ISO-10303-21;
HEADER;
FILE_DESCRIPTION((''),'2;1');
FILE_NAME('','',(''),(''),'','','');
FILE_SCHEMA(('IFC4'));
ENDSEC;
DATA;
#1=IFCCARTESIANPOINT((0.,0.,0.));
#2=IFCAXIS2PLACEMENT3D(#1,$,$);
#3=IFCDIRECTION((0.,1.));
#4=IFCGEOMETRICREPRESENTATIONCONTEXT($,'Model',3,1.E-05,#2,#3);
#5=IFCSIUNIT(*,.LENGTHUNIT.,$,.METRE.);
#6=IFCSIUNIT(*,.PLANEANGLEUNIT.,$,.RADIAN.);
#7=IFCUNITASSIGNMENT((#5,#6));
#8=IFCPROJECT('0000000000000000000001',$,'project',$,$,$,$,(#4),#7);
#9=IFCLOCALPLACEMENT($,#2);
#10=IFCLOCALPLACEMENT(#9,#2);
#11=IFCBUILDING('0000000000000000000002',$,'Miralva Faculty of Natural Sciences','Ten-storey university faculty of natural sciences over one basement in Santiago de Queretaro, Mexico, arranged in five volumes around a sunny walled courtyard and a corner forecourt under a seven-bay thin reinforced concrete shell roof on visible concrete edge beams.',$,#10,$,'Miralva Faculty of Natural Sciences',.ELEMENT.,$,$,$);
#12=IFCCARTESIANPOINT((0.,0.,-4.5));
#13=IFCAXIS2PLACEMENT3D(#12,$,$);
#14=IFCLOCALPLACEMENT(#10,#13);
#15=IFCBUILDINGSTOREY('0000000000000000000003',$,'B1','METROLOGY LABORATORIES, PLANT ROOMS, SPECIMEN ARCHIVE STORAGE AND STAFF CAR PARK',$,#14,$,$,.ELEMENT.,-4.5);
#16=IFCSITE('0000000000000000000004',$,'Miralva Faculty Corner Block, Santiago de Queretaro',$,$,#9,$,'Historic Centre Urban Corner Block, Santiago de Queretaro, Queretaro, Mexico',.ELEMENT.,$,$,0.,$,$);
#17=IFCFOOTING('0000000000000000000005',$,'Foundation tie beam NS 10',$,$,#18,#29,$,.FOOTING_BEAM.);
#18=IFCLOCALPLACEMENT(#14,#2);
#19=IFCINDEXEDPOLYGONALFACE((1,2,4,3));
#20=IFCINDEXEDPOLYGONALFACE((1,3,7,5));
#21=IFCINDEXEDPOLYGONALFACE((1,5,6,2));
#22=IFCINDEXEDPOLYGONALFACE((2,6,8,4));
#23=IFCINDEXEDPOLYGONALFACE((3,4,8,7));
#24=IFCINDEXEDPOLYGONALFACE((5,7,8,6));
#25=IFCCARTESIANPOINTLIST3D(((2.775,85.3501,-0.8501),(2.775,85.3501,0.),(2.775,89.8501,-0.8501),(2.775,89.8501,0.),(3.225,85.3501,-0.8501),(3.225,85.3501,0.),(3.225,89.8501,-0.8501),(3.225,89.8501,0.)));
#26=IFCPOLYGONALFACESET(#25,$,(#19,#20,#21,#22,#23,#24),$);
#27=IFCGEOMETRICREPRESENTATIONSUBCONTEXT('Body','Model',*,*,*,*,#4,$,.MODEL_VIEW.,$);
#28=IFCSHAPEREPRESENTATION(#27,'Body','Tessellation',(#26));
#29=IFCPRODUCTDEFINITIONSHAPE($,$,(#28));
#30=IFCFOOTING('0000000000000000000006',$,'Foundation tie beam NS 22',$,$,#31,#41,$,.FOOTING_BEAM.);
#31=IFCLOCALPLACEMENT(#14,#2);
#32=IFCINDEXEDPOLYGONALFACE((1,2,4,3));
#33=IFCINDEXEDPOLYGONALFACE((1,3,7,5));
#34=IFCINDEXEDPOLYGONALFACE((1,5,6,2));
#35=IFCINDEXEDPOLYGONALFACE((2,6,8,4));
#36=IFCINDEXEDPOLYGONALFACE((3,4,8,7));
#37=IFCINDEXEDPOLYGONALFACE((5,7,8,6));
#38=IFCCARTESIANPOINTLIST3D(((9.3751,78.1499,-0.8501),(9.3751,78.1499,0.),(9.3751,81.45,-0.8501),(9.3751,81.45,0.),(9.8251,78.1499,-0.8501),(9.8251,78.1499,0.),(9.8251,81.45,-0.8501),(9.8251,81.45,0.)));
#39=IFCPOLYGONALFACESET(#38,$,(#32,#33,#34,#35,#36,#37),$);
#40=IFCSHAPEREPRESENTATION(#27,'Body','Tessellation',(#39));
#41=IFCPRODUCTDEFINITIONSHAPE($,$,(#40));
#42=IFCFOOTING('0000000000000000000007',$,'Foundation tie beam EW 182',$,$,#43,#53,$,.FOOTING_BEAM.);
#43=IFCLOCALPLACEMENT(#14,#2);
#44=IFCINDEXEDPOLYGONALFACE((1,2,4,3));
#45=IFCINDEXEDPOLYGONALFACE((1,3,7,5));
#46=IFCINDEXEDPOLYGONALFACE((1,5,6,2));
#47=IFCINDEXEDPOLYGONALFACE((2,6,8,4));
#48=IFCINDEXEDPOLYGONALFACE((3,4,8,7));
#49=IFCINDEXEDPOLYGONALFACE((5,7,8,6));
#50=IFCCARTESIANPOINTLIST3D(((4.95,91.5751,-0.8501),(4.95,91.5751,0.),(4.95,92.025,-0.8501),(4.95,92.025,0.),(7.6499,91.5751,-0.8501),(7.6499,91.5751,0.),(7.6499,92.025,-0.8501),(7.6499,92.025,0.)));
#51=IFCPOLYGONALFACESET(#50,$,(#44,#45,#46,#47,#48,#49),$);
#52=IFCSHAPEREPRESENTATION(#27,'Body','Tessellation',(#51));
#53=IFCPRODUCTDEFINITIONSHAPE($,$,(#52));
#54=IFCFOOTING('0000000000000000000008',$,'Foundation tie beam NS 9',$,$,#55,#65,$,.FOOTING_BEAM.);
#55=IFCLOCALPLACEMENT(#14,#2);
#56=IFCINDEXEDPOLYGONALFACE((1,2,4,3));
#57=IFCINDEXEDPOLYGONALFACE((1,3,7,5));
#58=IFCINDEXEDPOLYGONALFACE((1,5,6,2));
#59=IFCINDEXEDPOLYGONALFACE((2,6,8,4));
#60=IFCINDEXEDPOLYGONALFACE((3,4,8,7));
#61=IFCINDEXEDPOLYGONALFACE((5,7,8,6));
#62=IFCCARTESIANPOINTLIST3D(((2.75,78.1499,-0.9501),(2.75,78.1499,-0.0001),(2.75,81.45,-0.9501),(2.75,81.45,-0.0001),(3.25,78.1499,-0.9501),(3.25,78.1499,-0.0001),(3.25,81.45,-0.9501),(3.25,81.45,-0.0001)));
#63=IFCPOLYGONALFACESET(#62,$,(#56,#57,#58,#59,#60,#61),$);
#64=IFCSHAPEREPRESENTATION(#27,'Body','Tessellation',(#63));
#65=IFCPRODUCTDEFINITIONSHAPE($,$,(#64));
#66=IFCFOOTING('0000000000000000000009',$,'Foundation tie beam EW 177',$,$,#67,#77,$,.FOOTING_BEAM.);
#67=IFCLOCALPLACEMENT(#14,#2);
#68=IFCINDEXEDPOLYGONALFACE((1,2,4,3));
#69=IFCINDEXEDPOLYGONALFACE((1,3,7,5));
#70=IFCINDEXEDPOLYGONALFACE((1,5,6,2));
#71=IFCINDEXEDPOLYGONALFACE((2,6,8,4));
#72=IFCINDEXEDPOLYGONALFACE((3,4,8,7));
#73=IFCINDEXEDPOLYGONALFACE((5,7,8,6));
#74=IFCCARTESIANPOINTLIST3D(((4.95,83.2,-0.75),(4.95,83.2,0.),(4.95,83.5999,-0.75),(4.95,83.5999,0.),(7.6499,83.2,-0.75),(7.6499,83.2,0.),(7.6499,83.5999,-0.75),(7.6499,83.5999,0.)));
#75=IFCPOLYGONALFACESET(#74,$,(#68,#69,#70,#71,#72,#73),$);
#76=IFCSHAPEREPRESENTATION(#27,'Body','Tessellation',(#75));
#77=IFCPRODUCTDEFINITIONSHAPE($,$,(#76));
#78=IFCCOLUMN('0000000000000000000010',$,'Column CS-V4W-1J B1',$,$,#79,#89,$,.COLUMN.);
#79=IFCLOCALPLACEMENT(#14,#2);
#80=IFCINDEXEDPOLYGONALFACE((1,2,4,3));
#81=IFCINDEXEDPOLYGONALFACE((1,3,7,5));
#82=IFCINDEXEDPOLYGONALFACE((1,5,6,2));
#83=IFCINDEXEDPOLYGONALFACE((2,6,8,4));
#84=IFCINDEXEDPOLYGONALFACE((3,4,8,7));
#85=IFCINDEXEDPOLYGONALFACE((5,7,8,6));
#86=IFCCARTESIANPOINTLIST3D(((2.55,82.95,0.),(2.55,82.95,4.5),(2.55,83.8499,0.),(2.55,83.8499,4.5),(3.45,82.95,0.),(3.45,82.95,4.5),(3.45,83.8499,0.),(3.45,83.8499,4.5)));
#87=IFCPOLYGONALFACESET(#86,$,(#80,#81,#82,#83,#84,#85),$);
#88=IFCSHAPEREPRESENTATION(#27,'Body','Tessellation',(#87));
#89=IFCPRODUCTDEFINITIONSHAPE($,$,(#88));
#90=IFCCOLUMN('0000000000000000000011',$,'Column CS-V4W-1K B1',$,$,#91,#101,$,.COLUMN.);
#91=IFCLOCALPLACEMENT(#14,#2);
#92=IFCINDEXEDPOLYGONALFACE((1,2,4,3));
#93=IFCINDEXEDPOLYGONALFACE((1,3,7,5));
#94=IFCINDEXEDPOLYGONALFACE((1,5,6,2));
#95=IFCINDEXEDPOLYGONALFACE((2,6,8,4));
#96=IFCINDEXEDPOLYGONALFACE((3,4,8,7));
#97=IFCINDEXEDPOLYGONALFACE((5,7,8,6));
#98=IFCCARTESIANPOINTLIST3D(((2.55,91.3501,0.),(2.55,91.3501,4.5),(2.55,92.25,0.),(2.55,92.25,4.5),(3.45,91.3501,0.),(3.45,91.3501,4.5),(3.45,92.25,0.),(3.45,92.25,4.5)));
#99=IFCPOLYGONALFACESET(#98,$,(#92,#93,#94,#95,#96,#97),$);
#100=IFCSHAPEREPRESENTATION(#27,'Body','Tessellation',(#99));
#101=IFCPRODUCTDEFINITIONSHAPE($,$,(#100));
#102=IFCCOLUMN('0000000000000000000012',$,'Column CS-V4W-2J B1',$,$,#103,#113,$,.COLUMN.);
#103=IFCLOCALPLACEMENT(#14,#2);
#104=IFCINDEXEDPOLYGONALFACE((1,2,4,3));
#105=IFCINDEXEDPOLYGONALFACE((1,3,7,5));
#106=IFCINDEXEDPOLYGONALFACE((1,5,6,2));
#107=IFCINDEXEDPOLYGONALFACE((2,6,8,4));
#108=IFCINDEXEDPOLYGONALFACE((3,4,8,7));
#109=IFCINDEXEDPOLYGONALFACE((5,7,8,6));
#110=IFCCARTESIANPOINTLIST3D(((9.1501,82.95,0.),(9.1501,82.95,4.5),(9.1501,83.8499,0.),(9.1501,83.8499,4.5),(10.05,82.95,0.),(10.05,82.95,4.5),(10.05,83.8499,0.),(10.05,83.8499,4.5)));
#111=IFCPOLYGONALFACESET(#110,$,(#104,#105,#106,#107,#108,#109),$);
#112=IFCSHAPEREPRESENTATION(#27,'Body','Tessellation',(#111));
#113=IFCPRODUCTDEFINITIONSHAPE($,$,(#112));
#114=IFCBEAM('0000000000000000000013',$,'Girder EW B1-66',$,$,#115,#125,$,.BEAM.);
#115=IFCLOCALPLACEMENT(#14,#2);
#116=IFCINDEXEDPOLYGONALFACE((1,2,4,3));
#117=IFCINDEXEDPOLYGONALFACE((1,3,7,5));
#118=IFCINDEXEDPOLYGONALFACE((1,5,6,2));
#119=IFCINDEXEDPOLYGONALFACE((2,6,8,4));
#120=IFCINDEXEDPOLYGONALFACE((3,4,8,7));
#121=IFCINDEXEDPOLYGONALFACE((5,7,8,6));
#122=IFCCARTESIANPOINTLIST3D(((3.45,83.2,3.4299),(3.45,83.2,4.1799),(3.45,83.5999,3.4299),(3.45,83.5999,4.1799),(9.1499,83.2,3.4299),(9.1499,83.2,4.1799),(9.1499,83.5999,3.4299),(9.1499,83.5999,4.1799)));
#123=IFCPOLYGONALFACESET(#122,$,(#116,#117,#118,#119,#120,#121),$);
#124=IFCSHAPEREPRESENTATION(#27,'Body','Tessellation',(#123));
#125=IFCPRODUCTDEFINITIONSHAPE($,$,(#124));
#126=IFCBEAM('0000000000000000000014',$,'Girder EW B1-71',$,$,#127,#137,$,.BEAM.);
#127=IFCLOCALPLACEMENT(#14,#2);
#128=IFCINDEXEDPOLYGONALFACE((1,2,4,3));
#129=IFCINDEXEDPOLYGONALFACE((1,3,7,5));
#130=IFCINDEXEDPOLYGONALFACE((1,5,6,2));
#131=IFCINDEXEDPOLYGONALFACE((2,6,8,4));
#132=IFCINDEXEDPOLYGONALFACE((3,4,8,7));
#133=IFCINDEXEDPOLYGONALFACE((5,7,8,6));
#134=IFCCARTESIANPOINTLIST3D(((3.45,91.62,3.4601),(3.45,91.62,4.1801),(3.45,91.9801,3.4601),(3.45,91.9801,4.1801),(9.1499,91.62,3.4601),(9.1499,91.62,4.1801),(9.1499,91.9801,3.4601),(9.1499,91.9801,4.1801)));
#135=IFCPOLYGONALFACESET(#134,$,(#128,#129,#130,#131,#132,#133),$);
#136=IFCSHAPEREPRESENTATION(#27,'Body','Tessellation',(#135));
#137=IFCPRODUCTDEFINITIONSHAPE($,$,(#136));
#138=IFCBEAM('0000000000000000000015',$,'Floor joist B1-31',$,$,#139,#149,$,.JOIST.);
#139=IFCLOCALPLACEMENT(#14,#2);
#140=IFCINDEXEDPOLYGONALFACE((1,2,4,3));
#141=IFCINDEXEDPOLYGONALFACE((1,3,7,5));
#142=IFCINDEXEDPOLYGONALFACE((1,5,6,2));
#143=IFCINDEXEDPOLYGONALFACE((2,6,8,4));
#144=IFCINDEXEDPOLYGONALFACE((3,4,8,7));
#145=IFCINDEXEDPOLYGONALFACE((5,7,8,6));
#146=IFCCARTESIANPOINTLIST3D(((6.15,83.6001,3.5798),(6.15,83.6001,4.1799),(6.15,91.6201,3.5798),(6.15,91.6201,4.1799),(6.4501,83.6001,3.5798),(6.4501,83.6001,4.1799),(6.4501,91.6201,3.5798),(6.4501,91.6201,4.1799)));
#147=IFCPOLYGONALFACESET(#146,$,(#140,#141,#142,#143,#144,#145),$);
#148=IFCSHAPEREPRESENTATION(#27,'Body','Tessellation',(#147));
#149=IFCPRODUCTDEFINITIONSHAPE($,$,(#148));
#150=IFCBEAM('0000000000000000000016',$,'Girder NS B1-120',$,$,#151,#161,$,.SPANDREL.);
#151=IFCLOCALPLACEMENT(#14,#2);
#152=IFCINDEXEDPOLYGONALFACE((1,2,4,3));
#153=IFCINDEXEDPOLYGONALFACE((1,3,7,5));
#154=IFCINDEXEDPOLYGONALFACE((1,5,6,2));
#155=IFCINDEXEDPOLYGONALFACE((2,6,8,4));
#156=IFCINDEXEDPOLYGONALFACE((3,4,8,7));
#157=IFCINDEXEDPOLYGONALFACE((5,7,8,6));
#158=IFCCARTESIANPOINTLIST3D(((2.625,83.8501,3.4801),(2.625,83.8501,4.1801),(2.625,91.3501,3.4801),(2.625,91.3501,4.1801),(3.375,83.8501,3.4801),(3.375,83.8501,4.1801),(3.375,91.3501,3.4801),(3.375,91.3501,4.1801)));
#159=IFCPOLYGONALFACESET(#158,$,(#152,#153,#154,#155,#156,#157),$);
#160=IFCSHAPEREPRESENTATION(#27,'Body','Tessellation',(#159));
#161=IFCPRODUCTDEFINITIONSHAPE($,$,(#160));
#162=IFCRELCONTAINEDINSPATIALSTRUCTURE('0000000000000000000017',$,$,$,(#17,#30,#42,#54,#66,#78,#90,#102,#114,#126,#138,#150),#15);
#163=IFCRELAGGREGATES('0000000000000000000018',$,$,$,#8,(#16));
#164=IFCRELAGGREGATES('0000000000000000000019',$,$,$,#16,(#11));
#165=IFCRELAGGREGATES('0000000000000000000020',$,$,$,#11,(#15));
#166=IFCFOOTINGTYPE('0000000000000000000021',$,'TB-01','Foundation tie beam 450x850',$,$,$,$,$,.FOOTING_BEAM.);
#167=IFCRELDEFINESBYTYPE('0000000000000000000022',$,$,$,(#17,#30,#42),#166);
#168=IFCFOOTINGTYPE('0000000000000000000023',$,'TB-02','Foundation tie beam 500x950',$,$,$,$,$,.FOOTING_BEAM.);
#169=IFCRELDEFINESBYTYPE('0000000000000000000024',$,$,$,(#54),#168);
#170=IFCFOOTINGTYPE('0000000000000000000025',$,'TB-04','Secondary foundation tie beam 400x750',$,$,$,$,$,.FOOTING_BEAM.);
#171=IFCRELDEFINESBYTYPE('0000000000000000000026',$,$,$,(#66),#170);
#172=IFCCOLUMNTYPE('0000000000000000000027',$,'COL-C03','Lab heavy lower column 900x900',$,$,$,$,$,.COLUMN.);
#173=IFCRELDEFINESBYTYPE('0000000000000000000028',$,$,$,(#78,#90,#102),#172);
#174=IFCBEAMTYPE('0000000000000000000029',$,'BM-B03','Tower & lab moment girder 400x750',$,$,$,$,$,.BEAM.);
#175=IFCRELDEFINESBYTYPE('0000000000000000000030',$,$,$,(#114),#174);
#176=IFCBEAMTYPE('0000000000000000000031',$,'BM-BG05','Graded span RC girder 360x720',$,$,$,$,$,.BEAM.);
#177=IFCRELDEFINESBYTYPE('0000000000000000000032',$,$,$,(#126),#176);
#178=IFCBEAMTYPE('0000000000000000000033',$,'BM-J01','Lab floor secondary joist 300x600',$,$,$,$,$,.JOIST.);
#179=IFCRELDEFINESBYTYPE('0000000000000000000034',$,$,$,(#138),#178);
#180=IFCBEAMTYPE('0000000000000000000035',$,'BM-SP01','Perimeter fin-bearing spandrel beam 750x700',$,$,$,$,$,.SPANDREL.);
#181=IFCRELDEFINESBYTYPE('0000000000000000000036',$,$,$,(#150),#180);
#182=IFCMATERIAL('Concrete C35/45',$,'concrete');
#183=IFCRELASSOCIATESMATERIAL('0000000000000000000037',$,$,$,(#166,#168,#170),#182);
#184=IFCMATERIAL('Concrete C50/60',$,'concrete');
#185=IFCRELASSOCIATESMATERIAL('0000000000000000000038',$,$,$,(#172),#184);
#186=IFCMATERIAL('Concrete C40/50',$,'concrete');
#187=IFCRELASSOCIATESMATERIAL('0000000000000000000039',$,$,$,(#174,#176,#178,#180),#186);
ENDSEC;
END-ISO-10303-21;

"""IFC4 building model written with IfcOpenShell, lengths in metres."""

from ifc_helpers import new_model, si_unit, direction, frame, origin, origin_2d, place, context, subcontext, project, spatial, rectangle, extrude, material, material_profile, profile_set, type_object, element, save


model = new_model("IFC4")

# Units and contexts
model_context = context("Model", 3, precision=1e-05, world=origin(), true_north=direction((0.0, 1.0)))
body_context = subcontext(model_context, "Body", "Model", "MODEL_VIEW")
ifc_project = project(units=[si_unit("LENGTHUNIT", "METRE"), si_unit("PLANEANGLEUNIT", "RADIAN")], contexts=[model_context])

# Site, building, storey
site_placement = place(None, origin())
site = spatial("IfcSite", under=ifc_project, at=site_placement, Name="Miralva Faculty Corner Block, Santiago de Queretaro", LongName="Historic Centre Urban Corner Block, Santiago de Queretaro, Queretaro, Mexico", CompositionType="ELEMENT", RefElevation=0.0)
building_placement = place(site_placement, origin())
building = spatial("IfcBuilding", under=site, at=building_placement, Name="Miralva Faculty of Natural Sciences", Description="Ten-storey university faculty of natural sciences over one basement in Santiago de Queretaro, Mexico, arranged in five volumes around a sunny walled courtyard and a corner forecourt under a seven-bay thin reinforced concrete shell roof on visible concrete edge beams.", LongName="Miralva Faculty of Natural Sciences", CompositionType="ELEMENT")
storey_placement = place(building_placement, frame((0.0, 0.0, -4.5)))
storey = spatial("IfcBuildingStorey", under=building, at=storey_placement, Name="B1", Description="METROLOGY LABORATORIES, PLANT ROOMS, SPECIMEN ARCHIVE STORAGE AND STAFF CAR PARK", CompositionType="ELEMENT", Elevation=-4.5)

# Shared definitions
ifc_material_1 = material(Name="Concrete C35/45", Category="concrete")

# Footings
ifc_material_profile_1 = material_profile(ifc_material_1, rectangle(XDim=0.45, YDim=0.8501, at=origin_2d()), Name="RC 450x850")
ifc_profile_set_1 = profile_set([ifc_material_profile_1], Name="Concrete C35/45")
footing_type_1 = type_object("IfcFootingType", Name="TB-01", Description="Foundation tie beam 450x850", PredefinedType="FOOTING_BEAM", material=ifc_profile_set_1)
footing_1_placement = place(storey_placement, frame((3.0, 85.3501, -0.425), z_axis=(0.0, 1.0, 0.0), x_axis=(-1.0, 0.0, 0.0)))
element("IfcFooting", 1, at=footing_1_placement, inside=storey, type_object=footing_type_1, Name="Foundation tie beam NS 10", PredefinedType="FOOTING_BEAM", context=body_context, shape_type="SweptSolid", body=[
    extrude(rectangle(XDim=0.45, YDim=0.8501, at=origin_2d()), origin(), (0.0, 0.0, 1.0), 4.5),
])
footing_2_placement = place(storey_placement, frame((9.6001, 78.1499, -0.425), z_axis=(0.0, 1.0, 0.0), x_axis=(-1.0, 0.0, 0.0)))
element("IfcFooting", 2, at=footing_2_placement, inside=storey, type_object=footing_type_1, Name="Foundation tie beam NS 22", PredefinedType="FOOTING_BEAM", context=body_context, shape_type="SweptSolid", body=[
    extrude(rectangle(XDim=0.45, YDim=0.8501, at=origin_2d()), origin(), (0.0, 0.0, 1.0), 3.3),
])
footing_3_placement = place(storey_placement, frame((4.95, 91.8, -0.425), z_axis=(1.0, 0.0, 0.0), x_axis=(0.0, 1.0, 0.0)))
element("IfcFooting", 3, at=footing_3_placement, inside=storey, type_object=footing_type_1, Name="Foundation tie beam EW 182", PredefinedType="FOOTING_BEAM", context=body_context, shape_type="SweptSolid", body=[
    extrude(rectangle(XDim=0.45, YDim=0.8501, at=origin_2d()), origin(), (0.0, 0.0, 1.0), 2.7),
])
ifc_material_profile_2 = material_profile(ifc_material_1, rectangle(XDim=0.5, YDim=0.95, at=origin_2d()), Name="RC 500x950")
ifc_profile_set_2 = profile_set([ifc_material_profile_2], Name="Concrete C35/45")
footing_type_2 = type_object("IfcFootingType", Name="TB-02", Description="Foundation tie beam 500x950", PredefinedType="FOOTING_BEAM", material=ifc_profile_set_2)
footing_4_placement = place(storey_placement, frame((3.0, 78.1499, -0.4751), z_axis=(0.0, 1.0, 0.0), x_axis=(-1.0, 0.0, 0.0)))
element("IfcFooting", 4, at=footing_4_placement, inside=storey, type_object=footing_type_2, Name="Foundation tie beam NS 9", PredefinedType="FOOTING_BEAM", context=body_context, shape_type="SweptSolid", body=[
    extrude(rectangle(XDim=0.5, YDim=0.95, at=origin_2d()), origin(), (0.0, 0.0, 1.0), 3.3),
])
ifc_material_profile_3 = material_profile(ifc_material_1, rectangle(XDim=0.3999, YDim=0.75, at=origin_2d()), Name="RC 400x750")
ifc_profile_set_3 = profile_set([ifc_material_profile_3], Name="Concrete C35/45")
footing_type_3 = type_object("IfcFootingType", Name="TB-04", Description="Secondary foundation tie beam 400x750", PredefinedType="FOOTING_BEAM", material=ifc_profile_set_3)
footing_5_placement = place(storey_placement, frame((4.95, 83.3999, -0.375), z_axis=(1.0, 0.0, 0.0), x_axis=(0.0, 1.0, 0.0)))
element("IfcFooting", 5, at=footing_5_placement, inside=storey, type_object=footing_type_3, Name="Foundation tie beam EW 177", PredefinedType="FOOTING_BEAM", context=body_context, shape_type="SweptSolid", body=[
    extrude(rectangle(XDim=0.3999, YDim=0.75, at=origin_2d()), origin(), (0.0, 0.0, 1.0), 2.7),
])

# Columns
ifc_material_2 = material(Name="Concrete C50/60", Category="concrete")
ifc_material_profile_4 = material_profile(ifc_material_2, rectangle(XDim=0.8999, YDim=0.8999, at=origin_2d()), Name="RC 900x900")
ifc_profile_set_4 = profile_set([ifc_material_profile_4], Name="Concrete C50/60")
column_type = type_object("IfcColumnType", Name="COL-C03", Description="Lab heavy lower column 900x900", PredefinedType="COLUMN", material=ifc_profile_set_4)
for number, where, z_axis, x_axis, name in (
    (6, (3.0, 83.3999, 0.0), (0.0, 0.0, 1.0), (1.0, 0.0, 0.0), "Column CS-V4W-1J B1"),
    (7, (3.0, 91.8, 0.0), (0.0, 0.0, 1.0), (1.0, 0.0, 0.0), "Column CS-V4W-1K B1"),
    (8, (9.6001, 83.3999, 0.0), (0.0, 0.0, 1.0), (1.0, 0.0, 0.0), "Column CS-V4W-2J B1"),
):
    element("IfcColumn", number, at=place(storey_placement, frame(where, z_axis=z_axis, x_axis=x_axis)), inside=storey, type_object=column_type, Name=name, PredefinedType="COLUMN", context=body_context, shape_type="SweptSolid", body=[
        extrude(rectangle(XDim=0.8999, YDim=0.8999, at=origin_2d()), origin(), (0.0, 0.0, 1.0), 4.5),
    ])

# Beams
ifc_material_3 = material(Name="Concrete C40/50", Category="concrete")
ifc_material_profile_5 = material_profile(ifc_material_3, rectangle(XDim=0.3999, YDim=0.75, at=origin_2d()), Name="RC 400x750")
ifc_profile_set_5 = profile_set([ifc_material_profile_5], Name="Concrete C40/50")
beam_type_1 = type_object("IfcBeamType", Name="BM-B03", Description="Tower & lab moment girder 400x750", PredefinedType="BEAM", material=ifc_profile_set_5)
beam_1_placement = place(storey_placement, frame((3.45, 83.3999, 3.8049), z_axis=(1.0, 0.0, 0.0), x_axis=(0.0, 1.0, 0.0)))
element("IfcBeam", 9, at=beam_1_placement, inside=storey, type_object=beam_type_1, Name="Girder EW B1-66", PredefinedType="BEAM", context=body_context, shape_type="SweptSolid", body=[
    extrude(rectangle(XDim=0.3999, YDim=0.75, at=origin_2d()), origin(), (0.0, 0.0, 1.0), 5.7),
])
ifc_material_profile_6 = material_profile(ifc_material_3, rectangle(XDim=0.3601, YDim=0.72, at=origin_2d()), Name="RC 360x720")
ifc_profile_set_6 = profile_set([ifc_material_profile_6], Name="Concrete C40/50")
beam_type_2 = type_object("IfcBeamType", Name="BM-BG05", Description="Graded span RC girder 360x720", PredefinedType="BEAM", material=ifc_profile_set_6)
beam_2_placement = place(storey_placement, frame((3.45, 91.8, 3.8201), z_axis=(1.0, 0.0, 0.0), x_axis=(0.0, 1.0, 0.0)))
element("IfcBeam", 10, at=beam_2_placement, inside=storey, type_object=beam_type_2, Name="Girder EW B1-71", PredefinedType="BEAM", context=body_context, shape_type="SweptSolid", body=[
    extrude(rectangle(XDim=0.3601, YDim=0.72, at=origin_2d()), origin(), (0.0, 0.0, 1.0), 5.7),
])
ifc_material_profile_7 = material_profile(ifc_material_3, rectangle(XDim=0.3, YDim=0.6001, at=origin_2d()), Name="RC 300x600")
ifc_profile_set_7 = profile_set([ifc_material_profile_7], Name="Concrete C40/50")
beam_type_3 = type_object("IfcBeamType", Name="BM-J01", Description="Lab floor secondary joist 300x600", PredefinedType="JOIST", material=ifc_profile_set_7)
beam_3_placement = place(storey_placement, frame((6.3, 83.6001, 3.8799), z_axis=(0.0, 1.0, 0.0), x_axis=(-1.0, 0.0, 0.0)))
element("IfcBeam", 11, at=beam_3_placement, inside=storey, type_object=beam_type_3, Name="Floor joist B1-31", PredefinedType="JOIST", context=body_context, shape_type="SweptSolid", body=[
    extrude(rectangle(XDim=0.3, YDim=0.6001, at=origin_2d()), origin(), (0.0, 0.0, 1.0), 8.02),
])
ifc_material_profile_8 = material_profile(ifc_material_3, rectangle(XDim=0.75, YDim=0.7, at=origin_2d()), Name="RC 750x700")
ifc_profile_set_8 = profile_set([ifc_material_profile_8], Name="Concrete C40/50")
beam_type_4 = type_object("IfcBeamType", Name="BM-SP01", Description="Perimeter fin-bearing spandrel beam 750x700", PredefinedType="SPANDREL", material=ifc_profile_set_8)
beam_4_placement = place(storey_placement, frame((3.0, 83.8501, 3.8301), z_axis=(0.0, 1.0, 0.0), x_axis=(-1.0, 0.0, 0.0)))
element("IfcBeam", 12, at=beam_4_placement, inside=storey, type_object=beam_type_4, Name="Girder NS B1-120", PredefinedType="SPANDREL", context=body_context, shape_type="SweptSolid", body=[
    extrude(rectangle(XDim=0.75, YDim=0.7, at=origin_2d()), origin(), (0.0, 0.0, 1.0), 7.5),
])

save(model, "model.ifc")
